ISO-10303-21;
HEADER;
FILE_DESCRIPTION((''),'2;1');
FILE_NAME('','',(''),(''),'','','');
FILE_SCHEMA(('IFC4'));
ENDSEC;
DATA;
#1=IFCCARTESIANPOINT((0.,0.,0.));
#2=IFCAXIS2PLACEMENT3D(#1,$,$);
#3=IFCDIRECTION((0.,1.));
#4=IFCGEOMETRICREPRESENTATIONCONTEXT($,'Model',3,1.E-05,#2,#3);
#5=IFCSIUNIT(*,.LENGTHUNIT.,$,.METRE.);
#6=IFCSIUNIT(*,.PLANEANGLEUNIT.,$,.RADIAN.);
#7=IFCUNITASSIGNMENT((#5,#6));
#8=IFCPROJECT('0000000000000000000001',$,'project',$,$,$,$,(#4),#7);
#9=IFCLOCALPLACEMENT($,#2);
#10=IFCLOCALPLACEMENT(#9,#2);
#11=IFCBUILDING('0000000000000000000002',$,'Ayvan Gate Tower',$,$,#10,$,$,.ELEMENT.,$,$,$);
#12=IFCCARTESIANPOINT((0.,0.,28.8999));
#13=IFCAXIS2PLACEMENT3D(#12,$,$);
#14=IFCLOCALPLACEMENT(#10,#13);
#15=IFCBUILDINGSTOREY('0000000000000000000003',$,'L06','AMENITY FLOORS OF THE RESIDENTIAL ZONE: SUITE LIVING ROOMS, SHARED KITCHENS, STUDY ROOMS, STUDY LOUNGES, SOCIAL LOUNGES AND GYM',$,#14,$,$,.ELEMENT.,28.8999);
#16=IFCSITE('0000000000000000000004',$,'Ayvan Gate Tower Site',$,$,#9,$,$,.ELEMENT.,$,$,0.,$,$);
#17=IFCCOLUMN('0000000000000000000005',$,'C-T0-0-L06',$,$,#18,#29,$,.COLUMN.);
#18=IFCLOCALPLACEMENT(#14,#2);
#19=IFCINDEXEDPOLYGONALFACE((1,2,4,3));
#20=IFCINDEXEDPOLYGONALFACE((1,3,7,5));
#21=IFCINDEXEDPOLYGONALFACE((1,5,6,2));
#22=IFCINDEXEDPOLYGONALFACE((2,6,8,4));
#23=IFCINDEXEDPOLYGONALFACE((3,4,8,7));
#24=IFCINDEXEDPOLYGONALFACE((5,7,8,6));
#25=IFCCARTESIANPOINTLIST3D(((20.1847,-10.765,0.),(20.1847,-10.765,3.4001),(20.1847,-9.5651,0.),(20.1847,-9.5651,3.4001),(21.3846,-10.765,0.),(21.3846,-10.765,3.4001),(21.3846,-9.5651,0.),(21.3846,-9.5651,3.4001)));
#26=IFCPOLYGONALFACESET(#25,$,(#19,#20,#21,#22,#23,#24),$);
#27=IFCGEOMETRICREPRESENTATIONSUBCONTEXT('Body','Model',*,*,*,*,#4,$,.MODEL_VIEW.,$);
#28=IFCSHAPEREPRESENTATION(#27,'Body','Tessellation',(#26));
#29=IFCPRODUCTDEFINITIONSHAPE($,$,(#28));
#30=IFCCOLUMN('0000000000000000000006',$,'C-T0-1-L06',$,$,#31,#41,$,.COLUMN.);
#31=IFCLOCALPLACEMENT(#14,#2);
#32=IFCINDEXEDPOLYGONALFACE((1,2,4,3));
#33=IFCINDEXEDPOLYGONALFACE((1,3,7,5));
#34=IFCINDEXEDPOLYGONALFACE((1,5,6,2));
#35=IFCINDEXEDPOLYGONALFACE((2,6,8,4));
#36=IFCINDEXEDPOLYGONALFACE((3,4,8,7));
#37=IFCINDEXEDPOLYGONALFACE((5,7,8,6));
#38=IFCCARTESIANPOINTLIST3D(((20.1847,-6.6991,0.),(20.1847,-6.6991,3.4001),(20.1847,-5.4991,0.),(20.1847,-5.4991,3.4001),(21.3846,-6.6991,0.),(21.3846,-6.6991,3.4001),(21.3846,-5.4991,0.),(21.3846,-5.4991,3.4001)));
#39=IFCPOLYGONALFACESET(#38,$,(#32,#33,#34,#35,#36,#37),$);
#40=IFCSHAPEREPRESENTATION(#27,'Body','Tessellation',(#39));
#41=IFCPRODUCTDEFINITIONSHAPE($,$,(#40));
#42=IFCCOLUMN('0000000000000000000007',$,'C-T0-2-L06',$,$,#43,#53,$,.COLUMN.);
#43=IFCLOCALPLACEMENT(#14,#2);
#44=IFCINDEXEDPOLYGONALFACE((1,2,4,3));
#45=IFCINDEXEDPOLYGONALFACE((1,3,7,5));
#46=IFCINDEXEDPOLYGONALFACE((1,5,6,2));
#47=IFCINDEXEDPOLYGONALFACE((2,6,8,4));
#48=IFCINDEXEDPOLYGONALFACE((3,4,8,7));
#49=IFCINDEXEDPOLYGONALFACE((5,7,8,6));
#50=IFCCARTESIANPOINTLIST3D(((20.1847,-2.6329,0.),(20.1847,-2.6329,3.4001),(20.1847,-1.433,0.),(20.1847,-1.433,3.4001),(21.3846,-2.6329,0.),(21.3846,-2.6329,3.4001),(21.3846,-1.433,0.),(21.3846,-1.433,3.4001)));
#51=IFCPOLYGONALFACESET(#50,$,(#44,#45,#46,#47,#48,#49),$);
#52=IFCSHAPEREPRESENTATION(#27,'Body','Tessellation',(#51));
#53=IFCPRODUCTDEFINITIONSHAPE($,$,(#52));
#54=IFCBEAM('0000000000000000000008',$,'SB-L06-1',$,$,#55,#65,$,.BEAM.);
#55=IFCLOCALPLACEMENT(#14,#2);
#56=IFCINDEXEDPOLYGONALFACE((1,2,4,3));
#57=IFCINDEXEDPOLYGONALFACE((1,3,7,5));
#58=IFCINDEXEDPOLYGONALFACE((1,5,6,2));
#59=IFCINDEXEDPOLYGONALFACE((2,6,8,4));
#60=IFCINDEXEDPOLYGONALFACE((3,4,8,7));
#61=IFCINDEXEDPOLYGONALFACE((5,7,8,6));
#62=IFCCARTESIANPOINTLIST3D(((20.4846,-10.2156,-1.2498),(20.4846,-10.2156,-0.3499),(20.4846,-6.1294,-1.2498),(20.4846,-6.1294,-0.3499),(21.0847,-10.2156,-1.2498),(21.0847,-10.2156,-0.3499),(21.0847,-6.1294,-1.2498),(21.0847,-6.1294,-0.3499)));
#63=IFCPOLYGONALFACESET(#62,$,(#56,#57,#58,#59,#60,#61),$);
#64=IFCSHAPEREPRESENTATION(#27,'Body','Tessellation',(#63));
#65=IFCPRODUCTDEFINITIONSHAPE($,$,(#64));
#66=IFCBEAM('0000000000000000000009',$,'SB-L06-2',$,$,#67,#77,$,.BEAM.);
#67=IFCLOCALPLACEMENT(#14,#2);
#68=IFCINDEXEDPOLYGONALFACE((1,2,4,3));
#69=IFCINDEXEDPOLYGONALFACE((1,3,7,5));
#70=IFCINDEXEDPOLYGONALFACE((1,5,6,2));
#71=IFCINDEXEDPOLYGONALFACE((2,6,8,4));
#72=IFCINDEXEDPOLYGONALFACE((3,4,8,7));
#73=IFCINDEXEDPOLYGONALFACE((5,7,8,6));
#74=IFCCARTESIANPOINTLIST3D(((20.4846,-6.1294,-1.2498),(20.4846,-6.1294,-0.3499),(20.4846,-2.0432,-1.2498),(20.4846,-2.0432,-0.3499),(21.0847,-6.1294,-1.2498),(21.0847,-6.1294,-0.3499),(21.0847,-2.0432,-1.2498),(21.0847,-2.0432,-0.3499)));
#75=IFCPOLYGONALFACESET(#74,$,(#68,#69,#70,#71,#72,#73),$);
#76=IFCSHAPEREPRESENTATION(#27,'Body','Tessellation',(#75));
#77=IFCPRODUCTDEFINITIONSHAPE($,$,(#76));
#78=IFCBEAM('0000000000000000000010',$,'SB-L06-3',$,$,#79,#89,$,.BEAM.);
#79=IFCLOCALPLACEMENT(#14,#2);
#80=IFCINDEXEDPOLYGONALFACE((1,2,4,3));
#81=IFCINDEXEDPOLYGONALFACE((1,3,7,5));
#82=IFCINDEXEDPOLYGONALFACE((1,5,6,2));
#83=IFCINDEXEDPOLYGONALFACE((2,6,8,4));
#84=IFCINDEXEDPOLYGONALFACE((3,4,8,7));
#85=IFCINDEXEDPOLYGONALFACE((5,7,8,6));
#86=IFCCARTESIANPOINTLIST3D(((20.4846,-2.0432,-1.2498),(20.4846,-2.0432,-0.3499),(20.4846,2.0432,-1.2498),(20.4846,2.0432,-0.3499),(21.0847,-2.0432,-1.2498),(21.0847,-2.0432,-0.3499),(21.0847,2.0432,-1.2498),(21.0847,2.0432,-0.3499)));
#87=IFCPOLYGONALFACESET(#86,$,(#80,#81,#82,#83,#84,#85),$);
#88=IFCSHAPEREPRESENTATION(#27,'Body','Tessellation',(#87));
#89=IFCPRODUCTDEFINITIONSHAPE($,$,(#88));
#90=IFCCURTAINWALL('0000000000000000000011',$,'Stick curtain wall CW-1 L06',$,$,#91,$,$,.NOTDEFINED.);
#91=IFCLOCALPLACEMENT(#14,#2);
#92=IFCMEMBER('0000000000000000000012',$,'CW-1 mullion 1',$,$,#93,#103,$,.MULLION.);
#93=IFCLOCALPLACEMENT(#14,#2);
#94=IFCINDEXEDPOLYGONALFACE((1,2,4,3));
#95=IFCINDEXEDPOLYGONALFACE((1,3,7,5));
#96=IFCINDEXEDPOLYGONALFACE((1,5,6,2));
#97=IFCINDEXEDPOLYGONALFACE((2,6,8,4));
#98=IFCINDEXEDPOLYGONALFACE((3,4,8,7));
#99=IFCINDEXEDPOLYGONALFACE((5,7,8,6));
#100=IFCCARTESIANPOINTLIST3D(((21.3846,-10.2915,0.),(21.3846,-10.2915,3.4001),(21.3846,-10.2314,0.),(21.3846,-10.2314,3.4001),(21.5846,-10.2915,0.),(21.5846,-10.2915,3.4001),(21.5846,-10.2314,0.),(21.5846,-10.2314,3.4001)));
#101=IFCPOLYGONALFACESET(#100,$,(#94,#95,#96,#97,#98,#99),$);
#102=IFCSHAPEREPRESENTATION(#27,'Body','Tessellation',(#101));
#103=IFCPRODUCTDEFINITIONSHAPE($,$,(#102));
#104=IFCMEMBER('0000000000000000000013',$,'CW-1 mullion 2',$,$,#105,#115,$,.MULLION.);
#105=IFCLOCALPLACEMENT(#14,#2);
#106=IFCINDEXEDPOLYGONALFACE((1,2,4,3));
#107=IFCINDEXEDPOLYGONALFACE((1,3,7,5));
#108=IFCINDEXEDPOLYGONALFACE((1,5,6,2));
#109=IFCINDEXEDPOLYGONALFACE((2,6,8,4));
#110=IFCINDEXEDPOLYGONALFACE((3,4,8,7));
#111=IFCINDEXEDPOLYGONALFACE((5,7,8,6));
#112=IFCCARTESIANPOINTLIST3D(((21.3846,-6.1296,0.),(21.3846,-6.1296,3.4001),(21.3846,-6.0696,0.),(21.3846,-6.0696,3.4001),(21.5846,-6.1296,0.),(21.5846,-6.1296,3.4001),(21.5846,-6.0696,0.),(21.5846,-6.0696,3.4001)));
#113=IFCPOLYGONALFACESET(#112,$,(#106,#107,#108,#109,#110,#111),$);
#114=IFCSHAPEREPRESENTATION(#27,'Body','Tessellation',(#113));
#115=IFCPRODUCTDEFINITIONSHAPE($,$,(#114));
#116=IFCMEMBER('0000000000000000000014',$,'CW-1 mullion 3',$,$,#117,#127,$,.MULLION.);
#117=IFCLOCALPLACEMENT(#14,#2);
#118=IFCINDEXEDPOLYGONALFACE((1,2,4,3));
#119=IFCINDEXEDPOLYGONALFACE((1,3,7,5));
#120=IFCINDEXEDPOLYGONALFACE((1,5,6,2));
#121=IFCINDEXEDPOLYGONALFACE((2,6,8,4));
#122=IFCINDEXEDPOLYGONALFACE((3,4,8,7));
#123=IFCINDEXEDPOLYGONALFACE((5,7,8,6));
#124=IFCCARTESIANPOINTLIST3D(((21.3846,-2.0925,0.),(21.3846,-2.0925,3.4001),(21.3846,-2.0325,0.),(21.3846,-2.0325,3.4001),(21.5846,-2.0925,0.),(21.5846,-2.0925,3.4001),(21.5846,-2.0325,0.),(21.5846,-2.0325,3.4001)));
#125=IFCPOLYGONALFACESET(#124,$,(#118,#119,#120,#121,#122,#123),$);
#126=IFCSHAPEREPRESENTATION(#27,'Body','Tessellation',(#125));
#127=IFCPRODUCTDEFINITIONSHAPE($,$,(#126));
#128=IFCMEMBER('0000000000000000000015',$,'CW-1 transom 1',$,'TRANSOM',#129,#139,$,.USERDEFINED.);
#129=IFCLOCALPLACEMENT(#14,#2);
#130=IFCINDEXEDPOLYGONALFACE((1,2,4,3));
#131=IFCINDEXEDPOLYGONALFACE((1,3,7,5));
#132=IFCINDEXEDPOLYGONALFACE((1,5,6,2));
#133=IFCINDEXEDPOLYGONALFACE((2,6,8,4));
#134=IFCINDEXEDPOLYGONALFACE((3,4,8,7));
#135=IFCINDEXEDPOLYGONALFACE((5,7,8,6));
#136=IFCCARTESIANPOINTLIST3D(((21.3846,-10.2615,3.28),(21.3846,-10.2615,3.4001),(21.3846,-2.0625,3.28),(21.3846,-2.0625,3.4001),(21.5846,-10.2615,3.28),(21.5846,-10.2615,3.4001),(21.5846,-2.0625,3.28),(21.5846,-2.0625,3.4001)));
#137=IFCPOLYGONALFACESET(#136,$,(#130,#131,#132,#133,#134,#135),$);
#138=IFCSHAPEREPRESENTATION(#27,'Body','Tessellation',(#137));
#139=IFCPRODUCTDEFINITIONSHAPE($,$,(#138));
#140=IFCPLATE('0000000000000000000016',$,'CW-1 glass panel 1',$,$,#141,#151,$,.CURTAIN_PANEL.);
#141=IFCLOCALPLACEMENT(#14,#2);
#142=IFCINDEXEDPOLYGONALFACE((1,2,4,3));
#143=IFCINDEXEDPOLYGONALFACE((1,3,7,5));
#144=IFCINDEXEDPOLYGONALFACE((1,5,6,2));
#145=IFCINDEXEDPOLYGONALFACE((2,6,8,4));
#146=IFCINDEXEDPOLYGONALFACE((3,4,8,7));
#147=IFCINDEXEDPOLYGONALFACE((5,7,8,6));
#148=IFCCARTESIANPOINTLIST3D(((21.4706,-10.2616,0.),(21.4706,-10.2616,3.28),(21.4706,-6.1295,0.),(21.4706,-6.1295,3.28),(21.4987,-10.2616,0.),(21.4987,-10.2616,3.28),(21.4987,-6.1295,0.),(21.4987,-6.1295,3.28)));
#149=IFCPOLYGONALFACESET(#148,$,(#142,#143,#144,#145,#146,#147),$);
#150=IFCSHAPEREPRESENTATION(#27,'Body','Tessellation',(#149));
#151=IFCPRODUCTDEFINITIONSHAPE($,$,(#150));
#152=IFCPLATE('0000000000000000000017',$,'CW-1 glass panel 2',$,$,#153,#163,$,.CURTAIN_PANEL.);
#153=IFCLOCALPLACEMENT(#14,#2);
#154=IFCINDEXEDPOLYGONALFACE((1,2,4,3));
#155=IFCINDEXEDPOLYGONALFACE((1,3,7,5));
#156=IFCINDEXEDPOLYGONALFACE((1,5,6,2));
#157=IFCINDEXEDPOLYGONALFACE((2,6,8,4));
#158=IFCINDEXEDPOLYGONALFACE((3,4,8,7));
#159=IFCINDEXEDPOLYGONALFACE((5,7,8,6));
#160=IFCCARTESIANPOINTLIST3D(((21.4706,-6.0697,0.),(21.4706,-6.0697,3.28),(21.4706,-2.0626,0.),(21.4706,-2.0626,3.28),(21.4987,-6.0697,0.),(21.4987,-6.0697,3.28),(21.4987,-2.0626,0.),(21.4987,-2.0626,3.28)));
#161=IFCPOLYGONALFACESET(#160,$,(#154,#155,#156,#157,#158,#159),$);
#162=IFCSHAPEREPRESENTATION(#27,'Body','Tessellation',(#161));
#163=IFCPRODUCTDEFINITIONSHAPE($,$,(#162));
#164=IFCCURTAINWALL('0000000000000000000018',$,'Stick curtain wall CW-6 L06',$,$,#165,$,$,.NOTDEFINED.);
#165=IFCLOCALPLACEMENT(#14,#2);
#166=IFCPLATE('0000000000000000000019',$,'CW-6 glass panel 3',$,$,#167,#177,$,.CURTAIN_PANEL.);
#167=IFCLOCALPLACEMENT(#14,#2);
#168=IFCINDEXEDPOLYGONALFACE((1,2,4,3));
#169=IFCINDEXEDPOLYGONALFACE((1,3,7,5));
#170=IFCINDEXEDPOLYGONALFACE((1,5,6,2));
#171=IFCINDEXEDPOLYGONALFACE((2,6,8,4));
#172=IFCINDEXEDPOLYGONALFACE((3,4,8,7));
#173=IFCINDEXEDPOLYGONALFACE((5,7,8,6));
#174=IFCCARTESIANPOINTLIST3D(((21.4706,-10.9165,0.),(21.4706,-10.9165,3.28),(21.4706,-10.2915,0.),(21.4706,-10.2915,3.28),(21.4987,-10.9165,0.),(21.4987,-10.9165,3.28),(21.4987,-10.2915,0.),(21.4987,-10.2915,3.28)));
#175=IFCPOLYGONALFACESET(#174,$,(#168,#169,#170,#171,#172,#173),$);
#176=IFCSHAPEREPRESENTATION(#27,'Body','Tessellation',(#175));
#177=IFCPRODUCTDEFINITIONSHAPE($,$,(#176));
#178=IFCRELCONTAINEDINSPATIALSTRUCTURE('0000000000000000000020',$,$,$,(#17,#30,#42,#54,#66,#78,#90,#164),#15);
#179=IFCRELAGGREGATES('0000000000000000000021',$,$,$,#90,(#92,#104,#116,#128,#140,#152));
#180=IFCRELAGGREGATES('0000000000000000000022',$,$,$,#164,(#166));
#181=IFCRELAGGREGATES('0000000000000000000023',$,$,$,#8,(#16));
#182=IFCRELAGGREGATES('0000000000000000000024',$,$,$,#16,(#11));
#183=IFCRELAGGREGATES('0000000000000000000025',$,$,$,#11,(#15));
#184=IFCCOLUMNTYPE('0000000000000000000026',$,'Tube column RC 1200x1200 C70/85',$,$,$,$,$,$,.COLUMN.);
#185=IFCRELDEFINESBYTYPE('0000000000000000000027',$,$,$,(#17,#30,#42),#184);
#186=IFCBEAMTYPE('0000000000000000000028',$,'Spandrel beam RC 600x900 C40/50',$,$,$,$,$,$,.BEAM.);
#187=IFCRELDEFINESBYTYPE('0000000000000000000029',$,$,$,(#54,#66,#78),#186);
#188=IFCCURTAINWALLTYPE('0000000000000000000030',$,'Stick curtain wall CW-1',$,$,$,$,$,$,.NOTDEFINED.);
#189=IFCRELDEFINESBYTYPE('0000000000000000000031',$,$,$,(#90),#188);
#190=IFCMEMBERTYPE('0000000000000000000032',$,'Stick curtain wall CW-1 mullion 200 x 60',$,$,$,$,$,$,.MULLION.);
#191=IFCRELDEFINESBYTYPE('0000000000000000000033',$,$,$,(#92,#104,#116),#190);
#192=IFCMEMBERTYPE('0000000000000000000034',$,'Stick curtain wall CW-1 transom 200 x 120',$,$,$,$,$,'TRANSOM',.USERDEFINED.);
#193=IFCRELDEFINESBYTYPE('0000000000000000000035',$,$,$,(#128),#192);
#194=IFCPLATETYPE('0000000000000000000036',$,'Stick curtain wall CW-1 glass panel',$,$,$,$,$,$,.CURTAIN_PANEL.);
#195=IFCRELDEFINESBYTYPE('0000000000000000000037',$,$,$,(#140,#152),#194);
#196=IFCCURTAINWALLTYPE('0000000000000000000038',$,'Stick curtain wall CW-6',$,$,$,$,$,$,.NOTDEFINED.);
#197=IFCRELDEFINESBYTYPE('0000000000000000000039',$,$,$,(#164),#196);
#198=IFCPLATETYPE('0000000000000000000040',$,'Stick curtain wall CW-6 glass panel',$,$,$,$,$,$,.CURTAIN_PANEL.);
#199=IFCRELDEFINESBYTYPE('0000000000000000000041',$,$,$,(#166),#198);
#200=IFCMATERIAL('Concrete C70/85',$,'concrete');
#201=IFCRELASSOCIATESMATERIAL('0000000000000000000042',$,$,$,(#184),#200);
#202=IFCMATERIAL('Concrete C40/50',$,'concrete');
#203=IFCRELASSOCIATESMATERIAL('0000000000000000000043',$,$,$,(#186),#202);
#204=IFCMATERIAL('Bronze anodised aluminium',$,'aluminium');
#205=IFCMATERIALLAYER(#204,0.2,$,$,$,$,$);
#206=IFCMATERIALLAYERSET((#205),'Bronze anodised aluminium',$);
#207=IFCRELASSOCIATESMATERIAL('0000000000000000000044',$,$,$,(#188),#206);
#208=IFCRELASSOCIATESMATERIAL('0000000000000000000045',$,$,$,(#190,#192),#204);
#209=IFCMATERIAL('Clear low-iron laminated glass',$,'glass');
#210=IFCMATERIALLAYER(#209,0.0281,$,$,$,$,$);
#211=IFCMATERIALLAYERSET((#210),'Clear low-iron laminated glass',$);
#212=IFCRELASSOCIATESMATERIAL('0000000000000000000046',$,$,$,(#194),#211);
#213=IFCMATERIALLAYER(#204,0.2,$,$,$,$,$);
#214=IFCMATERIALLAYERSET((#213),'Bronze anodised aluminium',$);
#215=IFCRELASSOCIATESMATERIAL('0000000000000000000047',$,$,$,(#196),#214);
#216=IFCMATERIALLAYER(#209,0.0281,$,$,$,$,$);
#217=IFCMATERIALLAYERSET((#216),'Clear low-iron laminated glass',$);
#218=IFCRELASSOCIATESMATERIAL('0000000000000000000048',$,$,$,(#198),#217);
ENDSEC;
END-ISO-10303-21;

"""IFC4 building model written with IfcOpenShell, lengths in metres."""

from ifc_helpers import new_model, si_unit, direction, frame, origin, origin_2d, place, context, subcontext, project, spatial, rectangle, extrude, material, layer, layer_set, material_profile, profile_set, type_object, element, aggregate, save


model = new_model("IFC4")

# Units and contexts
model_context = context("Model", 3, precision=1e-05, world=origin(), true_north=direction((0.0, 1.0)))
body_context = subcontext(model_context, "Body", "Model", "MODEL_VIEW")
ifc_project = project(units=[si_unit("LENGTHUNIT", "METRE"), si_unit("PLANEANGLEUNIT", "RADIAN")], contexts=[model_context])

# Site, building, storey
site_placement = place(None, origin())
site = spatial("IfcSite", under=ifc_project, at=site_placement, Name="Ayvan Gate Tower Site", CompositionType="ELEMENT", RefElevation=0.0)
building_placement = place(site_placement, origin())
building = spatial("IfcBuilding", under=site, at=building_placement, Name="Ayvan Gate Tower", CompositionType="ELEMENT")
storey_placement = place(building_placement, frame((0.0, 0.0, 28.8999)))
storey = spatial("IfcBuildingStorey", under=building, at=storey_placement, Name="L06", Description="AMENITY FLOORS OF THE RESIDENTIAL ZONE: SUITE LIVING ROOMS, SHARED KITCHENS, STUDY ROOMS, STUDY LOUNGES, SOCIAL LOUNGES AND GYM", CompositionType="ELEMENT", Elevation=28.8999)

# Columns
ifc_material_1 = material(Name="Concrete C70/85", Category="concrete")
ifc_material_profile_1 = material_profile(ifc_material_1, rectangle(XDim=1.2, YDim=1.2, at=origin_2d()), Name="RC 1200x1200")
ifc_profile_set_1 = profile_set([ifc_material_profile_1], Name="Concrete C70/85")
column_type = type_object("IfcColumnType", Name="Tube column RC 1200x1200 C70/85", PredefinedType="COLUMN", material=ifc_profile_set_1)
for number, where, z_axis, x_axis, name in (
    (1, (20.7847, -10.165, 0.0), (0.0, 0.0, 1.0), (1.0, 0.0, 0.0), "C-T0-0-L06"),
    (2, (20.7847, -6.0991, 0.0), (0.0, 0.0, 1.0), (1.0, 0.0, 0.0), "C-T0-1-L06"),
    (3, (20.7847, -2.033, 0.0), (0.0, 0.0, 1.0), (1.0, 0.0, 0.0), "C-T0-2-L06"),
):
    element("IfcColumn", number, at=place(storey_placement, frame(where, z_axis=z_axis, x_axis=x_axis)), inside=storey, type_object=column_type, Name=name, PredefinedType="COLUMN", context=body_context, shape_type="SweptSolid", body=[
        extrude(rectangle(XDim=1.2, YDim=1.2, at=origin_2d()), origin(), (0.0, 0.0, 1.0), 3.4001),
    ])

# Beams
ifc_material_2 = material(Name="Concrete C40/50", Category="concrete")
ifc_material_profile_2 = material_profile(ifc_material_2, rectangle(XDim=0.6001, YDim=0.8999, at=origin_2d()), Name="RC 600x900")
ifc_profile_set_2 = profile_set([ifc_material_profile_2], Name="Concrete C40/50")
beam_type = type_object("IfcBeamType", Name="Spandrel beam RC 600x900 C40/50", PredefinedType="BEAM", material=ifc_profile_set_2)
for number, where, z_axis, x_axis, name in (
    (4, (20.7847, -10.2156, -0.7998), (0.0, 1.0, 0.0), (-1.0, 0.0, 0.0), "SB-L06-1"),
    (5, (20.7847, -6.1294, -0.7998), (0.0, 1.0, 0.0), (-1.0, 0.0, 0.0), "SB-L06-2"),
):
    element("IfcBeam", number, at=place(storey_placement, frame(where, z_axis=z_axis, x_axis=x_axis)), inside=storey, type_object=beam_type, Name=name, PredefinedType="BEAM", context=body_context, shape_type="SweptSolid", body=[
        extrude(rectangle(XDim=0.6001, YDim=0.8999, at=origin_2d()), origin(), (0.0, 0.0, 1.0), 4.0862),
    ])
beam_placement = place(storey_placement, frame((20.7847, -2.0432, -0.7998), z_axis=(0.0, 1.0, 0.0), x_axis=(-1.0, 0.0, 0.0)))
element("IfcBeam", 6, at=beam_placement, inside=storey, type_object=beam_type, Name="SB-L06-3", PredefinedType="BEAM", context=body_context, shape_type="SweptSolid", body=[
    extrude(rectangle(XDim=0.6001, YDim=0.8999, at=origin_2d()), origin(), (0.0, 0.0, 1.0), 4.0864),
])

# Curtain wall, members, plates
ifc_material_3 = material(Name="Bronze anodised aluminium", Category="aluminium")
ifc_layer_1 = layer(ifc_material_3, 0.2)
ifc_layer_set_1 = layer_set([ifc_layer_1], Name="Bronze anodised aluminium")
curtain_wall_type_1 = type_object("IfcCurtainWallType", Name="Stick curtain wall CW-1", PredefinedType="NOTDEFINED", material=ifc_layer_set_1)
curtain_wall_1_placement = place(storey_placement, origin())
curtain_wall_1 = element("IfcCurtainWall", 7, at=curtain_wall_1_placement, inside=storey, type_object=curtain_wall_type_1, Name="Stick curtain wall CW-1 L06", PredefinedType="NOTDEFINED")
ifc_material_profile_3 = material_profile(ifc_material_3, rectangle(XDim=0.2, YDim=0.0601, at=origin_2d()), Name="Stick curtain wall CW-1 mullion 200 x 60")
ifc_profile_set_3 = profile_set([ifc_material_profile_3], Name="Bronze anodised aluminium")
member_type_1 = type_object("IfcMemberType", Name="Stick curtain wall CW-1 mullion 200 x 60", PredefinedType="MULLION", material=ifc_profile_set_3)
member_1_placement = place(storey_placement, frame((21.4846, -10.2615, 0.0), z_axis=(0.0, 0.0, 1.0), x_axis=(1.0, 0.0, 0.0)))
member_1 = element("IfcMember", 8, at=member_1_placement, type_object=member_type_1, Name="CW-1 mullion 1", PredefinedType="MULLION", context=body_context, shape_type="SweptSolid", body=[
    extrude(rectangle(XDim=0.2, YDim=0.0601, at=origin_2d()), origin(), (0.0, 0.0, 1.0), 3.4001),
])
member_2_placement = place(storey_placement, frame((21.4846, -6.0996, 0.0), z_axis=(0.0, 0.0, 1.0), x_axis=(1.0, 0.0, 0.0)))
member_2 = element("IfcMember", 9, at=member_2_placement, type_object=member_type_1, Name="CW-1 mullion 2", PredefinedType="MULLION", context=body_context, shape_type="SweptSolid", body=[
    extrude(rectangle(XDim=0.2, YDim=0.0601, at=origin_2d()), origin(), (0.0, 0.0, 1.0), 3.4001),
])
member_3_placement = place(storey_placement, frame((21.4846, -2.0625, 0.0), z_axis=(0.0, 0.0, 1.0), x_axis=(1.0, 0.0, 0.0)))
member_3 = element("IfcMember", 10, at=member_3_placement, type_object=member_type_1, Name="CW-1 mullion 3", PredefinedType="MULLION", context=body_context, shape_type="SweptSolid", body=[
    extrude(rectangle(XDim=0.2, YDim=0.0601, at=origin_2d()), origin(), (0.0, 0.0, 1.0), 3.4001),
])
ifc_material_profile_4 = material_profile(ifc_material_3, rectangle(XDim=0.2, YDim=0.1201, at=origin_2d()), Name="Stick curtain wall CW-1 transom 200 x 120")
ifc_profile_set_4 = profile_set([ifc_material_profile_4], Name="Bronze anodised aluminium")
member_type_2 = type_object("IfcMemberType", Name="Stick curtain wall CW-1 transom 200 x 120", ElementType="TRANSOM", PredefinedType="USERDEFINED", material=ifc_profile_set_4)
member_4_placement = place(storey_placement, frame((21.4846, -10.2615, 3.3401), z_axis=(0.0, 1.0, 0.0), x_axis=(-1.0, 0.0, 0.0)))
member_4 = element("IfcMember", 11, at=member_4_placement, type_object=member_type_2, Name="CW-1 transom 1", ObjectType="TRANSOM", PredefinedType="USERDEFINED", context=body_context, shape_type="SweptSolid", body=[
    extrude(rectangle(XDim=0.2, YDim=0.1201, at=origin_2d()), origin(), (0.0, 0.0, 1.0), 8.199),
])
ifc_material_4 = material(Name="Clear low-iron laminated glass", Category="glass")
ifc_layer_2 = layer(ifc_material_4, 0.0281)
ifc_layer_set_2 = layer_set([ifc_layer_2], Name="Clear low-iron laminated glass")
plate_type_1 = type_object("IfcPlateType", Name="Stick curtain wall CW-1 glass panel", PredefinedType="CURTAIN_PANEL", material=ifc_layer_set_2)
plate_1_placement = place(storey_placement, frame((21.4846, -8.1956, 0.0), z_axis=(0.0, 0.0, 1.0), x_axis=(0.0, 1.0, 0.0)))
plate_1 = element("IfcPlate", 12, at=plate_1_placement, type_object=plate_type_1, Name="CW-1 glass panel 1", PredefinedType="CURTAIN_PANEL", context=body_context, shape_type="SweptSolid", body=[
    extrude(rectangle(XDim=4.1321, YDim=0.0281, at=origin_2d()), origin(), (0.0, 0.0, 1.0), 3.28),
])
plate_2_placement = place(storey_placement, frame((21.4846, -4.0662, 0.0), z_axis=(0.0, 0.0, 1.0), x_axis=(0.0, 1.0, 0.0)))
plate_2 = element("IfcPlate", 13, at=plate_2_placement, type_object=plate_type_1, Name="CW-1 glass panel 2", PredefinedType="CURTAIN_PANEL", context=body_context, shape_type="SweptSolid", body=[
    extrude(rectangle(XDim=4.0071, YDim=0.0281, at=origin_2d()), origin(), (0.0, 0.0, 1.0), 3.28),
])
aggregate(curtain_wall_1, [member_1, member_2, member_3, member_4, plate_1, plate_2])

# Curtain wall, plate
ifc_layer_3 = layer(ifc_material_3, 0.2)
ifc_layer_set_3 = layer_set([ifc_layer_3], Name="Bronze anodised aluminium")
curtain_wall_type_2 = type_object("IfcCurtainWallType", Name="Stick curtain wall CW-6", PredefinedType="NOTDEFINED", material=ifc_layer_set_3)
curtain_wall_2_placement = place(storey_placement, origin())
curtain_wall_2 = element("IfcCurtainWall", 14, at=curtain_wall_2_placement, inside=storey, type_object=curtain_wall_type_2, Name="Stick curtain wall CW-6 L06", PredefinedType="NOTDEFINED")
ifc_layer_4 = layer(ifc_material_4, 0.0281)
ifc_layer_set_4 = layer_set([ifc_layer_4], Name="Clear low-iron laminated glass")
plate_type_2 = type_object("IfcPlateType", Name="Stick curtain wall CW-6 glass panel", PredefinedType="CURTAIN_PANEL", material=ifc_layer_set_4)
plate_3_placement = place(storey_placement, frame((21.4846, -10.604, 0.0), z_axis=(0.0, 0.0, 1.0), x_axis=(0.0, 1.0, 0.0)))
plate_3 = element("IfcPlate", 15, at=plate_3_placement, type_object=plate_type_2, Name="CW-6 glass panel 3", PredefinedType="CURTAIN_PANEL", context=body_context, shape_type="SweptSolid", body=[
    extrude(rectangle(XDim=0.625, YDim=0.0281, at=origin_2d()), origin(), (0.0, 0.0, 1.0), 3.28),
])
aggregate(curtain_wall_2, [plate_3])

save(model, "model.ifc")
